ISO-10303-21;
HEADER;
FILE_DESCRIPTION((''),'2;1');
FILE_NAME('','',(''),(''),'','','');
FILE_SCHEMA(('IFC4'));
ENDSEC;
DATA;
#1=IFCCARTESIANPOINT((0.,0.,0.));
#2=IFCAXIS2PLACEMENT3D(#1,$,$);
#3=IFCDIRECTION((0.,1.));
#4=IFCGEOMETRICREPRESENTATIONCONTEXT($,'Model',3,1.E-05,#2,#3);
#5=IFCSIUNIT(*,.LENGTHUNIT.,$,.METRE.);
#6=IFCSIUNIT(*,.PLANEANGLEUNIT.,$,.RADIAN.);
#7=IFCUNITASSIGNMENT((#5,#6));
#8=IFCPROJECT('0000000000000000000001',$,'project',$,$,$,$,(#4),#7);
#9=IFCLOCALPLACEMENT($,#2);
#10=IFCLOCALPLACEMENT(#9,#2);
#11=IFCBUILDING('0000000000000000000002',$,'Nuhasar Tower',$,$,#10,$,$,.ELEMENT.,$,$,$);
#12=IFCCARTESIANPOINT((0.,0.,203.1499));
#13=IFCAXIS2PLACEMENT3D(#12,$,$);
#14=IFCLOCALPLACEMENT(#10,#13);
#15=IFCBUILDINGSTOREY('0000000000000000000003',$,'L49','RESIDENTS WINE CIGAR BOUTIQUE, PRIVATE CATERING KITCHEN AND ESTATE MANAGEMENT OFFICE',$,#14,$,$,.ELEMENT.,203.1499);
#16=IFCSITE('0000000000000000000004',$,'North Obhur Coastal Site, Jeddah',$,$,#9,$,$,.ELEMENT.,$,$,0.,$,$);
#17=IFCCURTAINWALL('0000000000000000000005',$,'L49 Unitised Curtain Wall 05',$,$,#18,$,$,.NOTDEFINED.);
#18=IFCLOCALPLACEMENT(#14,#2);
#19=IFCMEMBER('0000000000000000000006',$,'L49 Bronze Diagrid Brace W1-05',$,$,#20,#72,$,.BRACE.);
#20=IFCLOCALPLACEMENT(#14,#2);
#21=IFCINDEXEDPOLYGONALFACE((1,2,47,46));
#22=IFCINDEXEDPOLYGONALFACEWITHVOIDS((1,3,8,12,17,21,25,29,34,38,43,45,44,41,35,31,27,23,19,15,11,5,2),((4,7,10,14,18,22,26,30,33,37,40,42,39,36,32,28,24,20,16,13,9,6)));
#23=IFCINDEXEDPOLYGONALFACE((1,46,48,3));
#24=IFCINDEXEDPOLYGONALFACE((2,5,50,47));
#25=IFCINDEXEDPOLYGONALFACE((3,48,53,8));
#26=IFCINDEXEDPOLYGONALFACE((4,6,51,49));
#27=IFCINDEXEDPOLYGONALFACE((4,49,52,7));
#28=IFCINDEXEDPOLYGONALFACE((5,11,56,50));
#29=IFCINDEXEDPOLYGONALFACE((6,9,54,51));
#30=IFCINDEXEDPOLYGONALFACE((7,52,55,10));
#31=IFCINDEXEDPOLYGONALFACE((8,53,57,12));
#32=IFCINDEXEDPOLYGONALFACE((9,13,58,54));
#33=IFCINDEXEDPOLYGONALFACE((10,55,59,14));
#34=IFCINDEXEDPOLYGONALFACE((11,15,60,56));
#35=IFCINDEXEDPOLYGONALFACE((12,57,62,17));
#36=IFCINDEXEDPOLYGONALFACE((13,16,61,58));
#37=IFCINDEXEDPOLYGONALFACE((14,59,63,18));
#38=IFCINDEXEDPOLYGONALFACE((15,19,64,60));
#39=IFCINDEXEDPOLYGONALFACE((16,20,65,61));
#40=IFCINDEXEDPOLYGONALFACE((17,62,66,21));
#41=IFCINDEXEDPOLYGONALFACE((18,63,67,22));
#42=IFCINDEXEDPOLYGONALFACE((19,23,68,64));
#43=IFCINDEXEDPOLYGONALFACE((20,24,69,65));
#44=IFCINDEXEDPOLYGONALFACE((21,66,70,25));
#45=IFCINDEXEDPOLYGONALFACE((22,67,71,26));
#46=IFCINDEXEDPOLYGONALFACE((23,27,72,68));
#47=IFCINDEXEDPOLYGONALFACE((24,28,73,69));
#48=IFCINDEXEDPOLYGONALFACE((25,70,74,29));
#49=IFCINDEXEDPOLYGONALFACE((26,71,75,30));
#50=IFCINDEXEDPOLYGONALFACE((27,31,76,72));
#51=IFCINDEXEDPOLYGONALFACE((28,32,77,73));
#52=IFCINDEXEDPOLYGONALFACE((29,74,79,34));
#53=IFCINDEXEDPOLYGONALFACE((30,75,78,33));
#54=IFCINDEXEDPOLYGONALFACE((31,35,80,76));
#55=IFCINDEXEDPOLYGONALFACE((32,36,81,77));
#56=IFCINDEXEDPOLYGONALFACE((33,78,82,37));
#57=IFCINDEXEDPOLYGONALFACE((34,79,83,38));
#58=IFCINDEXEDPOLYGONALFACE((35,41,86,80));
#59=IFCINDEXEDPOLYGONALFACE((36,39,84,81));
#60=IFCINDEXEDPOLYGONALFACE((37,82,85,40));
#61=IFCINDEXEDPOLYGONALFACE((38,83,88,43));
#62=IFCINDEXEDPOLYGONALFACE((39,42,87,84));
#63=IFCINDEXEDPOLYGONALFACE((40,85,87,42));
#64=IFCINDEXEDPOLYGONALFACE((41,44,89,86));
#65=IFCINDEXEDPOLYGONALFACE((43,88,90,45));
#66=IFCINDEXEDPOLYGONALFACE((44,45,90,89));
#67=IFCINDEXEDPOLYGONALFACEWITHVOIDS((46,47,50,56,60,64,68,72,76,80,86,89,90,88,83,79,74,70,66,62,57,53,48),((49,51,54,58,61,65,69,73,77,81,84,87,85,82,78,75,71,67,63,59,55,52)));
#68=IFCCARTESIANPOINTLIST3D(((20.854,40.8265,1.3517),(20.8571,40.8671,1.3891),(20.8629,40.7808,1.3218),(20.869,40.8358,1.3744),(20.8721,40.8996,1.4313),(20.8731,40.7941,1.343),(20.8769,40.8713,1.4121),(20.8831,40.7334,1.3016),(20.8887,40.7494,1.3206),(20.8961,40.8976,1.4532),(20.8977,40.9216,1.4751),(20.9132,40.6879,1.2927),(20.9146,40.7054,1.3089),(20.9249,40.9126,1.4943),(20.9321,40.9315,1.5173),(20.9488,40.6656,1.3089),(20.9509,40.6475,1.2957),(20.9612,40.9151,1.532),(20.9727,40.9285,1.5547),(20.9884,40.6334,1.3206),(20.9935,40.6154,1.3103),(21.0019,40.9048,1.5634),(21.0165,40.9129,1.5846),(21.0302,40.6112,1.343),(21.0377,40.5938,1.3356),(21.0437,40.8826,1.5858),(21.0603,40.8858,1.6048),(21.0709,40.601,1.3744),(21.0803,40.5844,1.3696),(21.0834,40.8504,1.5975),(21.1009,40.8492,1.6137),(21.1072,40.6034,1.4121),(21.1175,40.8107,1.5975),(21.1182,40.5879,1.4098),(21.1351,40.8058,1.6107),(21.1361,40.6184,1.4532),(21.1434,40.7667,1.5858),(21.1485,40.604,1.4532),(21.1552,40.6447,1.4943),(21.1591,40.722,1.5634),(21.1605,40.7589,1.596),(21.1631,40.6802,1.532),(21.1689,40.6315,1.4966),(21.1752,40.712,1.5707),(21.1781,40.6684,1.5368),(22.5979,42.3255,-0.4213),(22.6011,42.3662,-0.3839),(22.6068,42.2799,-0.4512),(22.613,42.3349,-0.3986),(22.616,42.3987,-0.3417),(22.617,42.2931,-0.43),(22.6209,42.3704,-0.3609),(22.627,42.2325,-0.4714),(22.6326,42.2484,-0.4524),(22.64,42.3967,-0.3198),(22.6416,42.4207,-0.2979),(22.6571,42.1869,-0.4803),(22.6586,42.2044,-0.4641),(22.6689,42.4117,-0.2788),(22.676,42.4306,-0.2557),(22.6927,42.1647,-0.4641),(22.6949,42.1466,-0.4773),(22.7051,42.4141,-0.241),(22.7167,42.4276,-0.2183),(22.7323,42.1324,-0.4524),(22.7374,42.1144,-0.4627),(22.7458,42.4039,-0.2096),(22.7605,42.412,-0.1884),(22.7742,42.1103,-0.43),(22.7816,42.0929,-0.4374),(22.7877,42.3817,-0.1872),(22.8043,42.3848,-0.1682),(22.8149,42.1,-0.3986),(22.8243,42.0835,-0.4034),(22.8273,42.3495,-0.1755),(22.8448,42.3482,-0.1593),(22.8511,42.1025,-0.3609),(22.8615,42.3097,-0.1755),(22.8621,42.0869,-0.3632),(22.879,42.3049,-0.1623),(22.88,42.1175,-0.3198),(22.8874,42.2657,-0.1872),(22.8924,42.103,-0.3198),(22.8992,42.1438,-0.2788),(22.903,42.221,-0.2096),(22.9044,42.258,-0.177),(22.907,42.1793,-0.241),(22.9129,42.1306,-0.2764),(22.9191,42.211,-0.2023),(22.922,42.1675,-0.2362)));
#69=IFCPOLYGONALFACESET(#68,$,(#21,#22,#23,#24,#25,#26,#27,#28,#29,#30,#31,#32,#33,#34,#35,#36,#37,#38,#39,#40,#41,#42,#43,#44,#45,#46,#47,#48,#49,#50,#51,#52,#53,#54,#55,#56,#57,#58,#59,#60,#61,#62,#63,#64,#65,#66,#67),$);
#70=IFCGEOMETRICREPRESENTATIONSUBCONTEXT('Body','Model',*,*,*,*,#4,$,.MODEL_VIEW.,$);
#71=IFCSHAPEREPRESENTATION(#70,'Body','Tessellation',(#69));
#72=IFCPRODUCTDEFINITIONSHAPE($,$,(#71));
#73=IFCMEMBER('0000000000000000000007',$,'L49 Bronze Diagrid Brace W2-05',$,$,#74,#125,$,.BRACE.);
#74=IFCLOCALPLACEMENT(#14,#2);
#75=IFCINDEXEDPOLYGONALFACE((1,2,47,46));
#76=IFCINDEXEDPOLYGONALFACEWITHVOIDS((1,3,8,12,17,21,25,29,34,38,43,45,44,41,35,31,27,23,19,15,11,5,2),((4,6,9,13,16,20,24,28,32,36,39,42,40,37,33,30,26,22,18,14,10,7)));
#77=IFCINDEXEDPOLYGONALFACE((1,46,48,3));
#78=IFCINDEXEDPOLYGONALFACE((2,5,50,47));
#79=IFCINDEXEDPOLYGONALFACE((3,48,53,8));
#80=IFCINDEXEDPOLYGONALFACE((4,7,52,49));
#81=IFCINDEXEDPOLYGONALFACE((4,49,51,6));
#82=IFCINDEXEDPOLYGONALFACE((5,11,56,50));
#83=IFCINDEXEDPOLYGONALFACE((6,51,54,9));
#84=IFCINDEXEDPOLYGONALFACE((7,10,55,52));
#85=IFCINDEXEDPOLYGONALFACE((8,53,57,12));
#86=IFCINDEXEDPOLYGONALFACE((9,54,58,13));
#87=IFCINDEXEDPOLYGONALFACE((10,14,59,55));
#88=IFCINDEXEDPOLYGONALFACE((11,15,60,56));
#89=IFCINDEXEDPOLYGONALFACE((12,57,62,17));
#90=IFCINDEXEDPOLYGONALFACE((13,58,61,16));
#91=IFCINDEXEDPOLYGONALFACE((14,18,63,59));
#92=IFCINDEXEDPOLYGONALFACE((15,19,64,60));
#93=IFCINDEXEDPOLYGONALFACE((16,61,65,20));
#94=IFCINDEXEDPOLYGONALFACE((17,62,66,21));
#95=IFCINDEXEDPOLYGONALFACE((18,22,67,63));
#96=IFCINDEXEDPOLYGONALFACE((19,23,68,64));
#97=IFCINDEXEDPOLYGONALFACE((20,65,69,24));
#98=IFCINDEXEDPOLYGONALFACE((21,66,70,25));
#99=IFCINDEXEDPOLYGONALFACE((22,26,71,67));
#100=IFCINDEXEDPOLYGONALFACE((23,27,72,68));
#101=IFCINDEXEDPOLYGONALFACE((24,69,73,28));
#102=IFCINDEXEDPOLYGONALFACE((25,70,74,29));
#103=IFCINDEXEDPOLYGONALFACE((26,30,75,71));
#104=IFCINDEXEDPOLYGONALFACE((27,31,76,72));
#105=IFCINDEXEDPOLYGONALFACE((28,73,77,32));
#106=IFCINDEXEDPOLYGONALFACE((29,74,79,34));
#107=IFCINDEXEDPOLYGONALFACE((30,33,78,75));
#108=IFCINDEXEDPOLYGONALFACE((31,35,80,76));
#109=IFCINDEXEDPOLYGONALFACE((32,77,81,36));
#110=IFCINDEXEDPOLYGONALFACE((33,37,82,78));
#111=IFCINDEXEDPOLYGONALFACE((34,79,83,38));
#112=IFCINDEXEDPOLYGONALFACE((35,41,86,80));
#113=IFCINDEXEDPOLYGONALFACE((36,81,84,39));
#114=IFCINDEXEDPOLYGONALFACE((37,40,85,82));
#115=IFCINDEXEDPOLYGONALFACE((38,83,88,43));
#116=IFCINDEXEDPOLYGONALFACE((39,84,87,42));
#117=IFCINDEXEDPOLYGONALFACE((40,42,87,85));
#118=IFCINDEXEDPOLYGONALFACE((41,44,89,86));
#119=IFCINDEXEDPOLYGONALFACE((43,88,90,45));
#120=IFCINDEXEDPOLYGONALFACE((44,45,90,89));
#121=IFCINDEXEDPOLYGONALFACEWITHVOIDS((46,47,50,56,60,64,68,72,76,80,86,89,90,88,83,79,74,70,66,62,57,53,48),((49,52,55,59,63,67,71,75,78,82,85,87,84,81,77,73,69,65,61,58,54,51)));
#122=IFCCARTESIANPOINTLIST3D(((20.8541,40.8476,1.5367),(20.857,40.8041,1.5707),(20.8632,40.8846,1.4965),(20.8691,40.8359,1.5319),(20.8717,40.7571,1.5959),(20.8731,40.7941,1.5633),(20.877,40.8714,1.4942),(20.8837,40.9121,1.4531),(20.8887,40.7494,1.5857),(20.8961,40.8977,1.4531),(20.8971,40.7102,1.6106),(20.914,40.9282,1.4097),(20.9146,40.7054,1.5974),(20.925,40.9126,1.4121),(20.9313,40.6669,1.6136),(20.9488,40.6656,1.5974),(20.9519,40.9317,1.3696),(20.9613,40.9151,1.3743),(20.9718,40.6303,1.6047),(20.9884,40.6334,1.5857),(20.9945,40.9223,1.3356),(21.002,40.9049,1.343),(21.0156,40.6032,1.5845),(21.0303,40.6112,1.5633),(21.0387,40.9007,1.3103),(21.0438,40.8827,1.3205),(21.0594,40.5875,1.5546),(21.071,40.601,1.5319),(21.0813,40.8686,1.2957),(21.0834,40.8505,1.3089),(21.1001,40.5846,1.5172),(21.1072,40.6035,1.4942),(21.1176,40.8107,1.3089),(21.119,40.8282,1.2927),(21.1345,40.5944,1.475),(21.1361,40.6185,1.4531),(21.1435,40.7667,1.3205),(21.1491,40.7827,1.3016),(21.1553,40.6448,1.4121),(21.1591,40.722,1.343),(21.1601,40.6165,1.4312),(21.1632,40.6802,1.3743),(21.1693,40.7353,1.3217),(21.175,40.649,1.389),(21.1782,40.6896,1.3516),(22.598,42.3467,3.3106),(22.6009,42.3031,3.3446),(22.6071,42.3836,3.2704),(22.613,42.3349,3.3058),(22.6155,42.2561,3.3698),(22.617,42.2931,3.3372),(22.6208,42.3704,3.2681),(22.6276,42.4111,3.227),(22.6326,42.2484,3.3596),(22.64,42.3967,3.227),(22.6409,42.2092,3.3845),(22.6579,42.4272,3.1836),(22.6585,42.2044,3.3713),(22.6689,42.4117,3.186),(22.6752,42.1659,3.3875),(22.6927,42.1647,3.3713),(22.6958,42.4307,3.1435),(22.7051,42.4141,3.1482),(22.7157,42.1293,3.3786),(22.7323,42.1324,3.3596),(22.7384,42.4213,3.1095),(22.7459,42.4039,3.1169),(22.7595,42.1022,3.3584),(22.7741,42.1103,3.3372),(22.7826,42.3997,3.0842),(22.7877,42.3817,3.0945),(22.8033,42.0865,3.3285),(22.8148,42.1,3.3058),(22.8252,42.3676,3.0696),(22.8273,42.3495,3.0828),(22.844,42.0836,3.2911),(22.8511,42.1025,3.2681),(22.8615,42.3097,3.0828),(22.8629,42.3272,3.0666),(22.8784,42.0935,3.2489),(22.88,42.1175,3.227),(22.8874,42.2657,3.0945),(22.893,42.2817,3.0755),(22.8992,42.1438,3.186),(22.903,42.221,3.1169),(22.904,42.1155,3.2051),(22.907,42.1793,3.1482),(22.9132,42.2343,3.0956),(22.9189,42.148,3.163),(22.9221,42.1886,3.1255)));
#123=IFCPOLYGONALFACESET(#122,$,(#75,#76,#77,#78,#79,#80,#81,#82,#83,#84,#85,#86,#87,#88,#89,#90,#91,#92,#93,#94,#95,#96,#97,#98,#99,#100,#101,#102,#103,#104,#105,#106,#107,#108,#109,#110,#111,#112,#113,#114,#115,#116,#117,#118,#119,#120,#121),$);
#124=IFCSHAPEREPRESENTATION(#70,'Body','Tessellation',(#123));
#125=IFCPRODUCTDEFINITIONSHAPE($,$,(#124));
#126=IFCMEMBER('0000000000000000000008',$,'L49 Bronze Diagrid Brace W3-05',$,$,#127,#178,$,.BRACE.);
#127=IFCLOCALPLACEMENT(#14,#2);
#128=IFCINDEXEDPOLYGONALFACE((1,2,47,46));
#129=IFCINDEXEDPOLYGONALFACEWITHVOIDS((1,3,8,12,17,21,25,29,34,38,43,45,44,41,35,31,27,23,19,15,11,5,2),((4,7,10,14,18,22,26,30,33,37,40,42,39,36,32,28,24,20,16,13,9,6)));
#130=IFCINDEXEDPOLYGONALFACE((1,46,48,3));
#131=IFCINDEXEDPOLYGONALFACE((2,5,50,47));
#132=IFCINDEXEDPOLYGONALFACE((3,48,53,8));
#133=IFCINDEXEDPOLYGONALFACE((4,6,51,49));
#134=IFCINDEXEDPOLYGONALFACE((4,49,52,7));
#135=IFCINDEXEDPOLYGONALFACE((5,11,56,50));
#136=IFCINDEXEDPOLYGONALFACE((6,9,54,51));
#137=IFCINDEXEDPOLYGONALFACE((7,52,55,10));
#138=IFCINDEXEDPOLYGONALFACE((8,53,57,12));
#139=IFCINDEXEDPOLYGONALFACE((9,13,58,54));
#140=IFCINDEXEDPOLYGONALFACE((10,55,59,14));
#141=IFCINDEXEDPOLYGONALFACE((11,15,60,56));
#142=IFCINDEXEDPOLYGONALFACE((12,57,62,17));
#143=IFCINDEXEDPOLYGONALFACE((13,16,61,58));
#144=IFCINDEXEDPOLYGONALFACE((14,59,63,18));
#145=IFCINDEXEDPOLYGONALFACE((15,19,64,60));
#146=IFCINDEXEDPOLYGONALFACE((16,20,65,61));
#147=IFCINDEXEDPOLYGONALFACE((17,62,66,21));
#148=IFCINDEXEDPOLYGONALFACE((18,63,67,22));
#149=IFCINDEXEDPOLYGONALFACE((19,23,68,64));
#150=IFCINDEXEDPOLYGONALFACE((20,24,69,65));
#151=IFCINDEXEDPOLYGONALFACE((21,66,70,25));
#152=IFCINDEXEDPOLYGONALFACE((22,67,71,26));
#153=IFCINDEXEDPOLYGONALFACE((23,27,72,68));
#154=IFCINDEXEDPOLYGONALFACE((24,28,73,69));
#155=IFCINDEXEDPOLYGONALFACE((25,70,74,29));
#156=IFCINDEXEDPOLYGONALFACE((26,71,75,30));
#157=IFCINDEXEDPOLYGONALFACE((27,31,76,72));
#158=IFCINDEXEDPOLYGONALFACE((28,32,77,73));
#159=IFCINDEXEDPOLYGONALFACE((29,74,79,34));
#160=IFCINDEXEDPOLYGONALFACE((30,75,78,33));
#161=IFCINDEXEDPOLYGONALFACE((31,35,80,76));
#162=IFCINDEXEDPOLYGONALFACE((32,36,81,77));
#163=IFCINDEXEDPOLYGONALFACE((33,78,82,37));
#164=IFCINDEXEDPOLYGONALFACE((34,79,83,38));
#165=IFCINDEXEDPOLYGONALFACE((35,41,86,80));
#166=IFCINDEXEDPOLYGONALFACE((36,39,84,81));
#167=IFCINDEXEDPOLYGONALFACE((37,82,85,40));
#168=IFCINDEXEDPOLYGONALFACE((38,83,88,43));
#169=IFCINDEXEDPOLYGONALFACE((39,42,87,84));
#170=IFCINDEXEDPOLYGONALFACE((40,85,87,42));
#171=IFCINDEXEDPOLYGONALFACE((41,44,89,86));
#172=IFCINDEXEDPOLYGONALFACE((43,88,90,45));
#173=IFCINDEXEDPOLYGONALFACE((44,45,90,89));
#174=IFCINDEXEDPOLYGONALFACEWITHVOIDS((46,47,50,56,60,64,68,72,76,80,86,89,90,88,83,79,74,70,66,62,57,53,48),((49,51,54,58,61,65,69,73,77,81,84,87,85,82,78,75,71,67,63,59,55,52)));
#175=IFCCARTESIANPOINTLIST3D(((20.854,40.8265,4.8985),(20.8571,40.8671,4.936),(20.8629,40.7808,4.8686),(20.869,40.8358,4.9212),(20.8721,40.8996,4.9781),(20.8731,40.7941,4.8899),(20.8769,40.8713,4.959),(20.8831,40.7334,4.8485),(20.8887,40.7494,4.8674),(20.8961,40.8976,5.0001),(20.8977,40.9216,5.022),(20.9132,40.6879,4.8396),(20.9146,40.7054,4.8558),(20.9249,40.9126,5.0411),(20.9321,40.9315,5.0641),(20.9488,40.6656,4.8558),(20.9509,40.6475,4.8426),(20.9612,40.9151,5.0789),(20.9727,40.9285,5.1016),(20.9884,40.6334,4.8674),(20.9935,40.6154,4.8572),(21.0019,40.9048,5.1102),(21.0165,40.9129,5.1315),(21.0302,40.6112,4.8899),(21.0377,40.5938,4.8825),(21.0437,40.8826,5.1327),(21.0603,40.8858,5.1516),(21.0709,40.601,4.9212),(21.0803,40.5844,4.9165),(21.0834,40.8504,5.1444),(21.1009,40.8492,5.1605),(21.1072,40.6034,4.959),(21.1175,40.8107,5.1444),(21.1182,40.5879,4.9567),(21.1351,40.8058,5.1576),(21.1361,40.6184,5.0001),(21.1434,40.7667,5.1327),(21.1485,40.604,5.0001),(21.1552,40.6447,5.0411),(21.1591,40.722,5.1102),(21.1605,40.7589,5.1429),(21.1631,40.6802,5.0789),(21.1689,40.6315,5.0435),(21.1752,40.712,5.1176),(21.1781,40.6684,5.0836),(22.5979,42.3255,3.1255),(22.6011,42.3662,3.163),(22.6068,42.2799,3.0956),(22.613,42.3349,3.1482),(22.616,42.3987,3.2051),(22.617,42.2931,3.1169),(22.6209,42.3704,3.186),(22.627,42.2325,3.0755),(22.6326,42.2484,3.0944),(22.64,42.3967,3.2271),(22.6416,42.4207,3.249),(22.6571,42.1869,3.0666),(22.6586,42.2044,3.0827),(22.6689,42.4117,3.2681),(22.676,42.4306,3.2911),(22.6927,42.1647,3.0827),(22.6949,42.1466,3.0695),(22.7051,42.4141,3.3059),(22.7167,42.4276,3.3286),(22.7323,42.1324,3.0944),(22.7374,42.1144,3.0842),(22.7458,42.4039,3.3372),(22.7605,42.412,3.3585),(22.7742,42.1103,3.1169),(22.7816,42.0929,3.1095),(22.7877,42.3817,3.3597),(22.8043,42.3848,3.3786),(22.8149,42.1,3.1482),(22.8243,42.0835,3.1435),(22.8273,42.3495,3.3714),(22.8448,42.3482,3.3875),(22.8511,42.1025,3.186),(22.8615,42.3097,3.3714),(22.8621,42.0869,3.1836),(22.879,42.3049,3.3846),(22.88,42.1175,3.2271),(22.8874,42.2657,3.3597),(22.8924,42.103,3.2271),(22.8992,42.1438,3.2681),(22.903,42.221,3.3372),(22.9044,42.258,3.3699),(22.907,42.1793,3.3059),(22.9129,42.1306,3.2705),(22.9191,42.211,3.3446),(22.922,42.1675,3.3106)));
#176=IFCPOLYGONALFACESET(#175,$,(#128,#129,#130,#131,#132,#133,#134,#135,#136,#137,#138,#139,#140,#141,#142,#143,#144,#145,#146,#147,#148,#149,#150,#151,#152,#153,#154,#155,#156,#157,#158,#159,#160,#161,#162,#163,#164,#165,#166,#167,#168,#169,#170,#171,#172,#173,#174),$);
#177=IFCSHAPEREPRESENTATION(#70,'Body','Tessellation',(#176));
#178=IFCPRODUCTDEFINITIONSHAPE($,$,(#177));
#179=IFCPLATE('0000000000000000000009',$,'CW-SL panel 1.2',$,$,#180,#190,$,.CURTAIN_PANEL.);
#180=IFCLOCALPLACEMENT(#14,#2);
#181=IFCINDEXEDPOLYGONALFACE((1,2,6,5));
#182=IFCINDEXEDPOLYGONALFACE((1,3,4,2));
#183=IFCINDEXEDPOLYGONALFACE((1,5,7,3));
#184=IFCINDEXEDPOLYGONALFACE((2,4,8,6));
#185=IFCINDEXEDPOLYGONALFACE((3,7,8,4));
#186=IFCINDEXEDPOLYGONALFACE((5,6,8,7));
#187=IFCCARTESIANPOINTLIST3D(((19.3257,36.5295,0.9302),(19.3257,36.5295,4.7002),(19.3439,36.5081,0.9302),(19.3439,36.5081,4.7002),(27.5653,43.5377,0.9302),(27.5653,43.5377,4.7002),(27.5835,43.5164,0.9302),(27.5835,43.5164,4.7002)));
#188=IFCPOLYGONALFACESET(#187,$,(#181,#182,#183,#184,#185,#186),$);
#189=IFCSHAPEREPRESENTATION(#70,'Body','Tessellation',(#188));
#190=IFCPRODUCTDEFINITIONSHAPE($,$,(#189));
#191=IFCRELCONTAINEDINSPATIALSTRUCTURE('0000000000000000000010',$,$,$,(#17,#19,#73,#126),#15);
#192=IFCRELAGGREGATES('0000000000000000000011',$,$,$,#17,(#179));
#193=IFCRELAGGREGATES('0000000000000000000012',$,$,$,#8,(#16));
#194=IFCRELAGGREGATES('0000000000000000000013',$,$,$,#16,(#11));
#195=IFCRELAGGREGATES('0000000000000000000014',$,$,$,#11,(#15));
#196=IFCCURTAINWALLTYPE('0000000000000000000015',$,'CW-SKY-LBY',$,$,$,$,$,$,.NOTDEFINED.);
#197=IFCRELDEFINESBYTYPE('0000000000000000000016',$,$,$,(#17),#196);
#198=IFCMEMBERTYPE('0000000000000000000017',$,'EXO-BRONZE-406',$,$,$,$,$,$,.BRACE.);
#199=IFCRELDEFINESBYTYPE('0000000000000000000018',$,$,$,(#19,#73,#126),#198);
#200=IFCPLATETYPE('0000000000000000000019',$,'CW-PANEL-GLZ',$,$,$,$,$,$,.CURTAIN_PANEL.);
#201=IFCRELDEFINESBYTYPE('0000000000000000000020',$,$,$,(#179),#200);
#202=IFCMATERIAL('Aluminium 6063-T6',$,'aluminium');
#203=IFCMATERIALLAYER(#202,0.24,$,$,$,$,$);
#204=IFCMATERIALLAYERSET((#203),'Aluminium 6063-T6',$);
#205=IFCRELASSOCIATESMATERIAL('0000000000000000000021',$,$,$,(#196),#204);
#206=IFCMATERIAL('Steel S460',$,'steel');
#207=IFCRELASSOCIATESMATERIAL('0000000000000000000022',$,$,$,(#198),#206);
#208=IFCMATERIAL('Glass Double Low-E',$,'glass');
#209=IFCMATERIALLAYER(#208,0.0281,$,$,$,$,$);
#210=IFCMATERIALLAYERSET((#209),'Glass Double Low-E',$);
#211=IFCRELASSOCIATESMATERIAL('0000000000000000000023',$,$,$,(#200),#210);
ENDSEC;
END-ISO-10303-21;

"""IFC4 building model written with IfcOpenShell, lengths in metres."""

from ifc_helpers import new_model, si_unit, direction, frame, origin, origin_2d, place, context, subcontext, project, spatial, rectangle, hollow_circle, extrude, material, layer, layer_set, material_profile, profile_set, type_object, element, aggregate, save


model = new_model("IFC4")

# Units and contexts
model_context = context("Model", 3, precision=1e-05, world=origin(), true_north=direction((0.0, 1.0)))
body_context = subcontext(model_context, "Body", "Model", "MODEL_VIEW")
ifc_project = project(units=[si_unit("LENGTHUNIT", "METRE"), si_unit("PLANEANGLEUNIT", "RADIAN")], contexts=[model_context])

# Site, building, storey
site_placement = place(None, origin())
site = spatial("IfcSite", under=ifc_project, at=site_placement, Name="North Obhur Coastal Site, Jeddah", CompositionType="ELEMENT", RefElevation=0.0)
building_placement = place(site_placement, origin())
building = spatial("IfcBuilding", under=site, at=building_placement, Name="Nuhasar Tower", CompositionType="ELEMENT")
storey_placement = place(building_placement, frame((0.0, 0.0, 203.1499)))
storey = spatial("IfcBuildingStorey", under=building, at=storey_placement, Name="L49", Description="RESIDENTS WINE CIGAR BOUTIQUE, PRIVATE CATERING KITCHEN AND ESTATE MANAGEMENT OFFICE", CompositionType="ELEMENT", Elevation=203.1499)

# Shared definitions
ifc_material_1 = material(Name="Steel S460", Category="steel")

# Shared definitions
ifc_material_2 = material(Name="Aluminium 6063-T6", Category="aluminium")
ifc_layer_1 = layer(ifc_material_2, 0.24)
ifc_layer_set_1 = layer_set([ifc_layer_1], Name="Aluminium 6063-T6")
curtain_wall_type = type_object("IfcCurtainWallType", Name="CW-SKY-LBY", PredefinedType="NOTDEFINED", material=ifc_layer_set_1)

# Curtain wall
curtain_wall_1_placement = place(storey_placement, origin())
curtain_wall_1 = element("IfcCurtainWall", 1, at=curtain_wall_1_placement, inside=storey, type_object=curtain_wall_type, Name="L49 Unitised Curtain Wall 05", PredefinedType="NOTDEFINED")

# Members
ifc_material_profile_1 = material_profile(ifc_material_1, hollow_circle(Radius=0.2031, WallThickness=0.019, at=origin_2d()), Name="HSS406.4X19.1")
ifc_profile_set_1 = profile_set([ifc_material_profile_1], Name="Steel S460")
member_type_1 = type_object("IfcMemberType", Name="EXO-BRONZE-406", PredefinedType="BRACE", material=ifc_profile_set_1)
member_1_placement = place(storey_placement, frame((22.76, 42.2571, -0.3198), z_axis=(-0.600573, -0.516242, 0.610578), x_axis=(0.651857, -0.758342, 0.0)))
element("IfcMember", 2, at=member_1_placement, inside=storey, type_object=member_type_1, Name="L49 Bronze Diagrid Brace W1-05", PredefinedType="BRACE", context=body_context, shape_type="SweptSolid", body=[
    extrude(hollow_circle(Radius=0.2031, WallThickness=0.019, at=origin_2d()), origin(), (0.0, 0.0, 1.0), 2.9038),
])
member_2_placement = place(storey_placement, frame((21.0161, 40.7581, 1.4531), z_axis=(0.60045, 0.516136, 0.610789), x_axis=(-0.651857, 0.758342, 0.0)))
element("IfcMember", 3, at=member_2_placement, inside=storey, type_object=member_type_1, Name="L49 Bronze Diagrid Brace W2-05", PredefinedType="BRACE", context=body_context, shape_type="SweptSolid", body=[
    extrude(hollow_circle(Radius=0.2031, WallThickness=0.019, at=origin_2d()), origin(), (0.0, 0.0, 1.0), 2.9043),
])
member_3_placement = place(storey_placement, frame((22.76, 42.2571, 3.2271), z_axis=(-0.600573, -0.516242, 0.610578), x_axis=(0.651857, -0.758342, 0.0)))
element("IfcMember", 4, at=member_3_placement, inside=storey, type_object=member_type_1, Name="L49 Bronze Diagrid Brace W3-05", PredefinedType="BRACE", context=body_context, shape_type="SweptSolid", body=[
    extrude(hollow_circle(Radius=0.2031, WallThickness=0.019, at=origin_2d()), origin(), (0.0, 0.0, 1.0), 2.9038),
])

# Plate
ifc_material_3 = material(Name="Glass Double Low-E", Category="glass")
ifc_layer_2 = layer(ifc_material_3, 0.0281)
ifc_layer_set_2 = layer_set([ifc_layer_2], Name="Glass Double Low-E")
plate_type_1 = type_object("IfcPlateType", Name="CW-PANEL-GLZ", PredefinedType="CURTAIN_PANEL", material=ifc_layer_set_2)
plate_1_placement = place(storey_placement, frame((23.4546, 40.0229, 0.9302), z_axis=(0.0, 0.0, 1.0), x_axis=(-0.761729, -0.647895, 0.0)))
plate_1 = element("IfcPlate", 5, at=plate_1_placement, type_object=plate_type_1, Name="CW-SL panel 1.2", PredefinedType="CURTAIN_PANEL", context=body_context, shape_type="SweptSolid", body=[
    extrude(rectangle(XDim=10.8169, YDim=0.0281, at=origin_2d()), origin(), (0.0, 0.0, 1.0), 3.77),
])
aggregate(curtain_wall_1, [plate_1])

save(model, "model.ifc")
